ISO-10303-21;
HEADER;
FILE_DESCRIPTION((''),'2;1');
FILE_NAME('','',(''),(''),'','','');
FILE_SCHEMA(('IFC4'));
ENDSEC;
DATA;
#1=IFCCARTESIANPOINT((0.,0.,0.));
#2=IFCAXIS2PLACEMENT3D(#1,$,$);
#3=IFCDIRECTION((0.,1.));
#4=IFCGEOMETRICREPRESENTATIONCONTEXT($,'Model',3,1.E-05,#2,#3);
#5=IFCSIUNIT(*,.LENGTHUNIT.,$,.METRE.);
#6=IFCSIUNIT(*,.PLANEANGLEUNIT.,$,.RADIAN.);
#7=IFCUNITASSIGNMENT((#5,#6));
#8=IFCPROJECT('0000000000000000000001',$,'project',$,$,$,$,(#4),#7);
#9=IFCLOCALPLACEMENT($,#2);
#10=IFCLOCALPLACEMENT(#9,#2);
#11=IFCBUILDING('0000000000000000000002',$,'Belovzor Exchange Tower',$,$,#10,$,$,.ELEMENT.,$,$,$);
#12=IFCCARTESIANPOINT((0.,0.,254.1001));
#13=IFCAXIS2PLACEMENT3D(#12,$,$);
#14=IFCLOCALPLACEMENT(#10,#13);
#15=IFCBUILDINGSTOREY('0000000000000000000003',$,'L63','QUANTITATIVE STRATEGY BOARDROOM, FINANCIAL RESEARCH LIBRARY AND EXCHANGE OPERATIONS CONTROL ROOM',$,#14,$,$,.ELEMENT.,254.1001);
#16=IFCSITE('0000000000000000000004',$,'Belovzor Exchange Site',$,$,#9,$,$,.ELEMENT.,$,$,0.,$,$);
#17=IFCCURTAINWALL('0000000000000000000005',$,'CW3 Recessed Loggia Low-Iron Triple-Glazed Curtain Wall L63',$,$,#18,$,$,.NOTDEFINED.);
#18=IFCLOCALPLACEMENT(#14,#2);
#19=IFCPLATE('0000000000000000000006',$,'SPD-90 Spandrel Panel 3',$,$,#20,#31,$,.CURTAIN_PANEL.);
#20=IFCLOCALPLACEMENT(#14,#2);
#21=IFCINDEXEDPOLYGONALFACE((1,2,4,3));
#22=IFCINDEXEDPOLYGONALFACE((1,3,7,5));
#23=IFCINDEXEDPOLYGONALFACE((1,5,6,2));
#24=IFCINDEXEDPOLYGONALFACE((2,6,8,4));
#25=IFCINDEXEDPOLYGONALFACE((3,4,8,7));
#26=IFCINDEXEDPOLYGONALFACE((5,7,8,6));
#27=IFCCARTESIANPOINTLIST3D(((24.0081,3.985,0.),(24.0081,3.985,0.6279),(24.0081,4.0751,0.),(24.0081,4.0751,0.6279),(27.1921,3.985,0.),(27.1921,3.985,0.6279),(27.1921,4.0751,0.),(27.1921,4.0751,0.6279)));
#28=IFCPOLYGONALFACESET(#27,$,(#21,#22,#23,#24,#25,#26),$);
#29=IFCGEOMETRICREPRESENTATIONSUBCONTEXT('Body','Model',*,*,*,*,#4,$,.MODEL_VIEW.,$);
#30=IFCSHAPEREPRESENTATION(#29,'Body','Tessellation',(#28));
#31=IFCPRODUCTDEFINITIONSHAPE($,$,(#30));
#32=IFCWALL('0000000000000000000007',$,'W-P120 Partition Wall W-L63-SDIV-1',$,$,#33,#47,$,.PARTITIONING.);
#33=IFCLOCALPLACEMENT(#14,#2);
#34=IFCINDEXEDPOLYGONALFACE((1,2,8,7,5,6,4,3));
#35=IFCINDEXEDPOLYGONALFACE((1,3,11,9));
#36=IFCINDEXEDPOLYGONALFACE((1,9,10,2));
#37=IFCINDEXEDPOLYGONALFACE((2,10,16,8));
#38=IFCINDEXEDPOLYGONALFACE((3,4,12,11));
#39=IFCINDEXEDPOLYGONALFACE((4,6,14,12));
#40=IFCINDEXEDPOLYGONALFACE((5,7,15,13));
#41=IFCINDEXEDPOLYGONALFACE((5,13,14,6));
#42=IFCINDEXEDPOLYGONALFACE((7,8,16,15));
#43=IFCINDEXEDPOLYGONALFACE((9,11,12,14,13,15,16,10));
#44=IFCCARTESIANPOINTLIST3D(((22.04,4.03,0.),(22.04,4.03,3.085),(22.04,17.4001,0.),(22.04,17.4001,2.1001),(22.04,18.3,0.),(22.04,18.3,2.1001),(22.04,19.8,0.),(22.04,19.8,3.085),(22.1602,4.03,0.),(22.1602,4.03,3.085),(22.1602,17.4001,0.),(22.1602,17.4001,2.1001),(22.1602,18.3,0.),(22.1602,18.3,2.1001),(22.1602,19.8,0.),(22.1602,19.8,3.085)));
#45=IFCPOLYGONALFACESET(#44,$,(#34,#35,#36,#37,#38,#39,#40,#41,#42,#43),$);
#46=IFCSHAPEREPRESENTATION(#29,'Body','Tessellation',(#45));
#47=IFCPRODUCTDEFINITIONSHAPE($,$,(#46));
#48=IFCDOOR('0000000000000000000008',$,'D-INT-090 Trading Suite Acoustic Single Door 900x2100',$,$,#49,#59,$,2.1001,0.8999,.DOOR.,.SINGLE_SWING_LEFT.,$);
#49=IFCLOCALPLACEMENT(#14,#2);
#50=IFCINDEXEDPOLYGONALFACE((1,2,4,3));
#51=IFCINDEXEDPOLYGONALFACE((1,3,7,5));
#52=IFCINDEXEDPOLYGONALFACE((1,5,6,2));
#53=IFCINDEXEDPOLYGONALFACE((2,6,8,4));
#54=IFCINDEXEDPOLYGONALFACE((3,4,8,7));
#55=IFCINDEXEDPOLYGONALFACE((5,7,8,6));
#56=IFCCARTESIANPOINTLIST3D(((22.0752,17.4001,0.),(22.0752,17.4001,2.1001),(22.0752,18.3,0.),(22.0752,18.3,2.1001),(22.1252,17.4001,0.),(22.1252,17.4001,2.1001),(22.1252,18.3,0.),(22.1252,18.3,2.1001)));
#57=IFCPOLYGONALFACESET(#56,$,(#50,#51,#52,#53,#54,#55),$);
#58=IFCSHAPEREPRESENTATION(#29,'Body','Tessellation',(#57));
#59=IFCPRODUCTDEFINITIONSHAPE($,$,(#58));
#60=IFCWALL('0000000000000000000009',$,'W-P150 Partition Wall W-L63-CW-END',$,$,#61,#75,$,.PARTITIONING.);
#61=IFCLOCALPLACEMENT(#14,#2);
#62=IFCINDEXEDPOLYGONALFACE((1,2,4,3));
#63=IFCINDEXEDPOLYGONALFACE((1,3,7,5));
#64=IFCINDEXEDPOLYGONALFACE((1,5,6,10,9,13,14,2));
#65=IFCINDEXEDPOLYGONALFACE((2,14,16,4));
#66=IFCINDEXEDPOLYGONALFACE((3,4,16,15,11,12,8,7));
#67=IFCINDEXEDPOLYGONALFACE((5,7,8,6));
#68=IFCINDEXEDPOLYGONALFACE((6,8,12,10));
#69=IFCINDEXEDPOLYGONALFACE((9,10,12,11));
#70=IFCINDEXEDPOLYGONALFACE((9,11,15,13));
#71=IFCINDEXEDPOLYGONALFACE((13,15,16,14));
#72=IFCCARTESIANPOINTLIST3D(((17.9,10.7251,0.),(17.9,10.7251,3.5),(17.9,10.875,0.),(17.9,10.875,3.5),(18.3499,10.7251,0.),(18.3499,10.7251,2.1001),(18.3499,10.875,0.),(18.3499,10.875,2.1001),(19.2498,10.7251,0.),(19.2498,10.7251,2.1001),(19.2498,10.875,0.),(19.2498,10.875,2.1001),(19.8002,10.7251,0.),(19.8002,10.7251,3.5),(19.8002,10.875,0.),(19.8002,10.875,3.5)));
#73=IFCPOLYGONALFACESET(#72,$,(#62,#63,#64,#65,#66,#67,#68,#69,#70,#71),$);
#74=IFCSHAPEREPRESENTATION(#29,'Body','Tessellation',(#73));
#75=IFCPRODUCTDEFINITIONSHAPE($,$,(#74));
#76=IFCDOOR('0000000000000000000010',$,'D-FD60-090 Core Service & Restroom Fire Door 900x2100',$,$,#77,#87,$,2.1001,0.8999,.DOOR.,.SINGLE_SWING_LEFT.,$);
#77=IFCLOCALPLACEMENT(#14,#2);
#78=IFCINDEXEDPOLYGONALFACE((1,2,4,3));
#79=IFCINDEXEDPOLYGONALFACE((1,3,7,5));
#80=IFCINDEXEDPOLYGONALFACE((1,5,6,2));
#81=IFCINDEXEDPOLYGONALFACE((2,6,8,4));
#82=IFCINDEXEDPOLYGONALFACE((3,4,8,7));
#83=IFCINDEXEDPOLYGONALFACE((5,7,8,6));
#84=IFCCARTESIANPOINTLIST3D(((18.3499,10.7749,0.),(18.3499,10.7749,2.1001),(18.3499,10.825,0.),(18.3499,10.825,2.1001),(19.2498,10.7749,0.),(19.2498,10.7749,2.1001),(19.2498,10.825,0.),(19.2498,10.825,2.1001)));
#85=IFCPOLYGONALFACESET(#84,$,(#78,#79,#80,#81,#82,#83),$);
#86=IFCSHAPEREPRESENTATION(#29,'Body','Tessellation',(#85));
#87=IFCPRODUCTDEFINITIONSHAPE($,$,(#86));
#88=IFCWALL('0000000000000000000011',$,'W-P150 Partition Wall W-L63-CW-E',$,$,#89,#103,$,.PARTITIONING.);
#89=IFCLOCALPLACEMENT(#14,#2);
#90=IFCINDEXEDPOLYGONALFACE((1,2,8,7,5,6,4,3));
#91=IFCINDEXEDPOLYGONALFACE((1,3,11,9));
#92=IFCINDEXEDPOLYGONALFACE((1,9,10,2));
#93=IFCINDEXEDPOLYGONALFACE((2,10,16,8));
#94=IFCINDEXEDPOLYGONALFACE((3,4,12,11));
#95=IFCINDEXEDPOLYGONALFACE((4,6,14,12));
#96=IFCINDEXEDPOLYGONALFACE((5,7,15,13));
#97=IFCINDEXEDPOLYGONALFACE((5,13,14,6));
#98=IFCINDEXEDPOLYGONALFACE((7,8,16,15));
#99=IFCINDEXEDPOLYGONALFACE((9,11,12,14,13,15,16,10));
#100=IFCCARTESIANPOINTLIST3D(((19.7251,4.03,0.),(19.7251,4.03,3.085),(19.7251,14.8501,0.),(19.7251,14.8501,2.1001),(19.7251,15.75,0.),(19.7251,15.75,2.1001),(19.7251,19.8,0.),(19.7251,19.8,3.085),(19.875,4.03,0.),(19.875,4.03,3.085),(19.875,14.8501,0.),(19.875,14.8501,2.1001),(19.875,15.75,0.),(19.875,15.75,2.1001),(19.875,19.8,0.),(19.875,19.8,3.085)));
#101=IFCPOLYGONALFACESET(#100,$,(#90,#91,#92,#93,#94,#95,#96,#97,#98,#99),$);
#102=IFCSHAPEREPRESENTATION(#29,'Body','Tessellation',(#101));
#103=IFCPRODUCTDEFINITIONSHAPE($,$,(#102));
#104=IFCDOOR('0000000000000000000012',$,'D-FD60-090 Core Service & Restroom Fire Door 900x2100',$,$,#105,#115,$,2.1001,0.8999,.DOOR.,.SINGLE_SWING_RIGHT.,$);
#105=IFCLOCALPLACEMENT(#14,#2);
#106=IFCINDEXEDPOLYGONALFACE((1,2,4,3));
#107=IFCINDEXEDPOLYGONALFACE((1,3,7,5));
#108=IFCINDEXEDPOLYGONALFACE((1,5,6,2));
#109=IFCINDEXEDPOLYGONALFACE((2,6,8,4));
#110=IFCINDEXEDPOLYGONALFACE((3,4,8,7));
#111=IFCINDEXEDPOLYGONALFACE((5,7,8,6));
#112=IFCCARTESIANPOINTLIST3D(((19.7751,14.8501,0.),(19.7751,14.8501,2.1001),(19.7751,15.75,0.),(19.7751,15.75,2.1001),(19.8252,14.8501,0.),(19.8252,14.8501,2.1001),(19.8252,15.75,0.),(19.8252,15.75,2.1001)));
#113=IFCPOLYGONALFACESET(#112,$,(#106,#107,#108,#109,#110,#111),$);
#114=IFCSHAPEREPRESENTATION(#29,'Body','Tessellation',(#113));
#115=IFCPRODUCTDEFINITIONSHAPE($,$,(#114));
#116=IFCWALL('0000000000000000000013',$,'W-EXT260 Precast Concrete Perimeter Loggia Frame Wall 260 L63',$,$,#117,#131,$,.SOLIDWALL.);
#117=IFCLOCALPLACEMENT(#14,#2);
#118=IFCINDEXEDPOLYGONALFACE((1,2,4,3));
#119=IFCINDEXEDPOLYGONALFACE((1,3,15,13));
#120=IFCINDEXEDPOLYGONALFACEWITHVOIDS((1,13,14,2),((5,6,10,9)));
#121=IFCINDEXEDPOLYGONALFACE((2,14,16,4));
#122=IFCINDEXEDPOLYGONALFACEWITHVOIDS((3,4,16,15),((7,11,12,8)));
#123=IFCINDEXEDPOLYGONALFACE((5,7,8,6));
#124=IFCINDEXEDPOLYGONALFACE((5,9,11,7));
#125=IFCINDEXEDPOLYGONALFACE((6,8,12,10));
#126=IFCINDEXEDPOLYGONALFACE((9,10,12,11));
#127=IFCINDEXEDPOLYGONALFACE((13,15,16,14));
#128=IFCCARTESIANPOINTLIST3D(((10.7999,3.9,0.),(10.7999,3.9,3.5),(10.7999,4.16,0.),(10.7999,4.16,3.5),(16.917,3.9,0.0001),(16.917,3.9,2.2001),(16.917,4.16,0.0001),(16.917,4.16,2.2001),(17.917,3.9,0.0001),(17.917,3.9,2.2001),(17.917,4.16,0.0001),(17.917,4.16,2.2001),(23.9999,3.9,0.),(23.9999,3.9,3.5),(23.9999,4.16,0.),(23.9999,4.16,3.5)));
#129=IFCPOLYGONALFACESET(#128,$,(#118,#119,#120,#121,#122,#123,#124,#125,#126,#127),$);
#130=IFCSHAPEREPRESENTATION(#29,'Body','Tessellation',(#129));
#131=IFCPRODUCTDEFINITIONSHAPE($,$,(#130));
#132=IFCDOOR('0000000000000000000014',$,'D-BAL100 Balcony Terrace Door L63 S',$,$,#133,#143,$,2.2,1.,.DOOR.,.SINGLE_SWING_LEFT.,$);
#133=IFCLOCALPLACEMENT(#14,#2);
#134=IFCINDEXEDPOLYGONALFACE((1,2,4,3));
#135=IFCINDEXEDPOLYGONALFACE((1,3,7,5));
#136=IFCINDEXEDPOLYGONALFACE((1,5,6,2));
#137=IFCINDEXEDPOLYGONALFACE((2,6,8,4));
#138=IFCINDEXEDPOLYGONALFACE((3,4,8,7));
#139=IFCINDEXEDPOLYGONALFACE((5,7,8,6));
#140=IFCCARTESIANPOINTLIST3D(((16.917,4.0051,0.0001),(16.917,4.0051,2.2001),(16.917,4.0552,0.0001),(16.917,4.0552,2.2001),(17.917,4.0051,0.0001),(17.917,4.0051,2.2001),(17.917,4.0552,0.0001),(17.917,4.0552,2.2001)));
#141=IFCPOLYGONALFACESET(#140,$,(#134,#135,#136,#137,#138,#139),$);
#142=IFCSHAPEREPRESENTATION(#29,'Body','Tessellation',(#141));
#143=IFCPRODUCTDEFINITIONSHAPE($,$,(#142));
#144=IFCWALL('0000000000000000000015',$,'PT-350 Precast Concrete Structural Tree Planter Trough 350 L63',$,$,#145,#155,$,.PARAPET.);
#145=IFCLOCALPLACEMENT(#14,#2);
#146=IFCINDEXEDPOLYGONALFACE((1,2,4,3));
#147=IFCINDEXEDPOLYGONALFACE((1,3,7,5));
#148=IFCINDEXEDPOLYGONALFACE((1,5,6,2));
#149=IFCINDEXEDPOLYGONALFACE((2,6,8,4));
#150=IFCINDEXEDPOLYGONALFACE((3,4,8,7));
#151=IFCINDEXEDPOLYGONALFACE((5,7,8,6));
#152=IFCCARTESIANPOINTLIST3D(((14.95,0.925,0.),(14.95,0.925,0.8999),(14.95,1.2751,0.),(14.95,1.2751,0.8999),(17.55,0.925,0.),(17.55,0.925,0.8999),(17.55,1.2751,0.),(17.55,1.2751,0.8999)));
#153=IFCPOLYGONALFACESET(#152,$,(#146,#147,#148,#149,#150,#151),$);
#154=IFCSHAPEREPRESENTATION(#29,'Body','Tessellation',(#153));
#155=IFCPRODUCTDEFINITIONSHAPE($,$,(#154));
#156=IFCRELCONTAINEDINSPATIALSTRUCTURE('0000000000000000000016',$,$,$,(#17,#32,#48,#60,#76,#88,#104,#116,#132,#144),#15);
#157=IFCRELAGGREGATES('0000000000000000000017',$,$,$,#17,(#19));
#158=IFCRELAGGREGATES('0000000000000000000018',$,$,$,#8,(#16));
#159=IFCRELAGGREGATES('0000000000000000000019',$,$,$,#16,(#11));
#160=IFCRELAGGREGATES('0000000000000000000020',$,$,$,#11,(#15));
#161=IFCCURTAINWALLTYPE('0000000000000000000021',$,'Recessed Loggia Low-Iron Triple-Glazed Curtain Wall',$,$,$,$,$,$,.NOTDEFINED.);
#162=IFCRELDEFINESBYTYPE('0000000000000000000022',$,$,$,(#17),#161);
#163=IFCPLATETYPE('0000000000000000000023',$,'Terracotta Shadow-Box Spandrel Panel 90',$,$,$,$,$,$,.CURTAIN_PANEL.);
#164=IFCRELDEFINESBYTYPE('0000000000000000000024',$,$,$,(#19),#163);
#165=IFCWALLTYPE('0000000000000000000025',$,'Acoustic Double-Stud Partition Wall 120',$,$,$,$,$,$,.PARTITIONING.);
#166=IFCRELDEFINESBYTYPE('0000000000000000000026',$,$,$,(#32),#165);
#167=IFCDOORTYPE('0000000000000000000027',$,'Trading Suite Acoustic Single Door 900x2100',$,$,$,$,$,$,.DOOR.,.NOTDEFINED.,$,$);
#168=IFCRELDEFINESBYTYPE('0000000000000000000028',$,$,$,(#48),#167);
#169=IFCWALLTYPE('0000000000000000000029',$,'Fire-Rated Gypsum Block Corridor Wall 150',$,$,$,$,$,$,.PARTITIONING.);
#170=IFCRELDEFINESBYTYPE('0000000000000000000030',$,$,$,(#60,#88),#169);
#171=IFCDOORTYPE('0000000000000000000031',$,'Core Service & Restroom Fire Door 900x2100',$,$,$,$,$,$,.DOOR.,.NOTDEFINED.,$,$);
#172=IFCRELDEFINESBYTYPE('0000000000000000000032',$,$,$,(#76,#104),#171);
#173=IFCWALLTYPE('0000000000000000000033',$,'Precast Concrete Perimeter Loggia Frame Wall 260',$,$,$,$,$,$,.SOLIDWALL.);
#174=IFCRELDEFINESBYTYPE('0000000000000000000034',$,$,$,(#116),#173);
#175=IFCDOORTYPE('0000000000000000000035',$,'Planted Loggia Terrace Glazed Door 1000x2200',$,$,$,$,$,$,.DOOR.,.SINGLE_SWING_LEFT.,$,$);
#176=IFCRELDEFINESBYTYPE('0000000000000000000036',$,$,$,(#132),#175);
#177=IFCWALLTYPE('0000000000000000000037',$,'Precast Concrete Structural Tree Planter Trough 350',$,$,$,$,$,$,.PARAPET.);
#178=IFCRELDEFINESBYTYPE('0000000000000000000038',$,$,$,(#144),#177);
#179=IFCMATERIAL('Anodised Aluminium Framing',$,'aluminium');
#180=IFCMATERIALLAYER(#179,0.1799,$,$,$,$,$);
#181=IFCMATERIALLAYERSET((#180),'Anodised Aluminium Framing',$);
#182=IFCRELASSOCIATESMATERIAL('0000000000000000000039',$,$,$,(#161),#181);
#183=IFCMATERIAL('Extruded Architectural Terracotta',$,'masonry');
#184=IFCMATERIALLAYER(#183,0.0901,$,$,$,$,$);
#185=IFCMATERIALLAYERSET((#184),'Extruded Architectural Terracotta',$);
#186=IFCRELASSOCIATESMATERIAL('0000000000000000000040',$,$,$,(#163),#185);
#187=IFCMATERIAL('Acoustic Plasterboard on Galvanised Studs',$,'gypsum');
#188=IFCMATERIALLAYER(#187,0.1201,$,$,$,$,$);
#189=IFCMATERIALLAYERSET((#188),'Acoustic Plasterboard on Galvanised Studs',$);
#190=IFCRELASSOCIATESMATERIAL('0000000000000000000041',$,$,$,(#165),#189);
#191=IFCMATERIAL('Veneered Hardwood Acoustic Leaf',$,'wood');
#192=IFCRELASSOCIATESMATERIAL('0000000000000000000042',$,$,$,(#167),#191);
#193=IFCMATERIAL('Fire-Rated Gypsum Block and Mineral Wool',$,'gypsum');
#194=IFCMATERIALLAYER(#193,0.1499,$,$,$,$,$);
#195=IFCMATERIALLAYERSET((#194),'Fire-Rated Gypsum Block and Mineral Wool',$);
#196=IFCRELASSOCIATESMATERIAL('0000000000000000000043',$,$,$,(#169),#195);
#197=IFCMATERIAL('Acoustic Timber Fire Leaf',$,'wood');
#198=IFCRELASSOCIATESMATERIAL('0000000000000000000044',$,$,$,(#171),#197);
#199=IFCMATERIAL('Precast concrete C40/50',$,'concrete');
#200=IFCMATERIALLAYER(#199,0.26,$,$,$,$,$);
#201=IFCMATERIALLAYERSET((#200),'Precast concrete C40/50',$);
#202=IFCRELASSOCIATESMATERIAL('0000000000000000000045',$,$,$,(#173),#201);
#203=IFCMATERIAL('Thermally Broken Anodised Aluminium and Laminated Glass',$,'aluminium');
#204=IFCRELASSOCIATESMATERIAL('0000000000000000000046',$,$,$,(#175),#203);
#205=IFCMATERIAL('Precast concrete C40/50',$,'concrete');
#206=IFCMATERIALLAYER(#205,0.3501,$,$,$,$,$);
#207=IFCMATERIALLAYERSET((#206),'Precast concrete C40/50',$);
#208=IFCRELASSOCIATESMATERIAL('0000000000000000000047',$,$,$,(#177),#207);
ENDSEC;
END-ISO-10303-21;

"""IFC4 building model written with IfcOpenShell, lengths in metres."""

from ifc_helpers import new_model, si_unit, direction, frame, frame_2d, origin, origin_2d, place, context, subcontext, project, spatial, rectangle, extrude, material, layer, layer_set, type_object, element, fill, aggregate, save


model = new_model("IFC4")

# Units and contexts
model_context = context("Model", 3, precision=1e-05, world=origin(), true_north=direction((0.0, 1.0)))
body_context = subcontext(model_context, "Body", "Model", "MODEL_VIEW")
ifc_project = project(units=[si_unit("LENGTHUNIT", "METRE"), si_unit("PLANEANGLEUNIT", "RADIAN")], contexts=[model_context])

# Site, building, storey
site_placement = place(None, origin())
site = spatial("IfcSite", under=ifc_project, at=site_placement, Name="Belovzor Exchange Site", CompositionType="ELEMENT", RefElevation=0.0)
building_placement = place(site_placement, origin())
building = spatial("IfcBuilding", under=site, at=building_placement, Name="Belovzor Exchange Tower", CompositionType="ELEMENT")
storey_placement = place(building_placement, frame((0.0, 0.0, 254.1001)))
storey = spatial("IfcBuildingStorey", under=building, at=storey_placement, Name="L63", Description="QUANTITATIVE STRATEGY BOARDROOM, FINANCIAL RESEARCH LIBRARY AND EXCHANGE OPERATIONS CONTROL ROOM", CompositionType="ELEMENT", Elevation=254.1001)

# Curtain wall
ifc_material_1 = material(Name="Anodised Aluminium Framing", Category="aluminium")
ifc_layer_1 = layer(ifc_material_1, 0.1799)
ifc_layer_set_1 = layer_set([ifc_layer_1], Name="Anodised Aluminium Framing")
curtain_wall_type = type_object("IfcCurtainWallType", Name="Recessed Loggia Low-Iron Triple-Glazed Curtain Wall", PredefinedType="NOTDEFINED", material=ifc_layer_set_1)
curtain_wall_placement = place(storey_placement, origin())
curtain_wall = element("IfcCurtainWall", 1, at=curtain_wall_placement, inside=storey, type_object=curtain_wall_type, Name="CW3 Recessed Loggia Low-Iron Triple-Glazed Curtain Wall L63", PredefinedType="NOTDEFINED")

# Plate
ifc_material_2 = material(Name="Extruded Architectural Terracotta", Category="masonry")
ifc_layer_2 = layer(ifc_material_2, 0.0901)
ifc_layer_set_2 = layer_set([ifc_layer_2], Name="Extruded Architectural Terracotta")
plate_type_1 = type_object("IfcPlateType", Name="Terracotta Shadow-Box Spandrel Panel 90", PredefinedType="CURTAIN_PANEL", material=ifc_layer_set_2)
plate_1_placement = place(storey_placement, frame((25.6001, 4.03, 0.0), z_axis=(0.0, 0.0, 1.0), x_axis=(-1.0, 0.0, 0.0)))
plate_1 = element("IfcPlate", 2, at=plate_1_placement, type_object=plate_type_1, Name="SPD-90 Spandrel Panel 3", PredefinedType="CURTAIN_PANEL", context=body_context, shape_type="SweptSolid", body=[
    extrude(rectangle(XDim=3.1841, YDim=0.0901, at=origin_2d()), origin(), (0.0, 0.0, 1.0), 0.6279),
])
aggregate(curtain_wall, [plate_1])

# Walls, openings, doors
ifc_material_3 = material(Name="Acoustic Plasterboard on Galvanised Studs", Category="gypsum")
ifc_layer_3 = layer(ifc_material_3, 0.1201)
ifc_layer_set_3 = layer_set([ifc_layer_3], Name="Acoustic Plasterboard on Galvanised Studs")
wall_type_1 = type_object("IfcWallType", Name="Acoustic Double-Stud Partition Wall 120", PredefinedType="PARTITIONING", material=ifc_layer_set_3)
wall_1_placement = place(storey_placement, frame((22.1001, 4.03, 0.0), z_axis=(0.0, 0.0, 1.0), x_axis=(0.0, 1.0, 0.0)))
wall_1 = element("IfcWall", 3, at=wall_1_placement, inside=storey, type_object=wall_type_1, Name="W-P120 Partition Wall W-L63-SDIV-1", PredefinedType="PARTITIONING", context=body_context, shape_type="SweptSolid", body=[
    extrude(rectangle(XDim=15.77, YDim=0.1201, at=frame_2d((7.885, 0.0))), origin(), (0.0, 0.0, 1.0), 3.085),
])
opening_1_placement = place(wall_1_placement, frame((13.3701, 0.0, 0.0)))
opening_1 = element("IfcOpeningElement", 4, at=opening_1_placement, cuts=wall_1, PredefinedType="OPENING", context=body_context, shape_type="SweptSolid", body=[
    extrude(rectangle(XDim=0.8999, YDim=2.1001, at=frame_2d((0.45, 1.05))), frame((0.0, 0.0701, 0.0), z_axis=(0.0, -1.0, 0.0), x_axis=(1.0, 0.0, 0.0)), (0.0, 0.0, 1.0), 0.1401),
])
ifc_material_4 = material(Name="Veneered Hardwood Acoustic Leaf", Category="wood")
door_type_1 = type_object("IfcDoorType", Name="Trading Suite Acoustic Single Door 900x2100", OperationType="NOTDEFINED", PredefinedType="DOOR", material=ifc_material_4)
door_1_placement = place(opening_1_placement, origin())
door_1 = element("IfcDoor", 5, at=door_1_placement, inside=storey, type_object=door_type_1, Name="D-INT-090 Trading Suite Acoustic Single Door 900x2100", OperationType="SINGLE_SWING_LEFT", OverallHeight=2.1001, OverallWidth=0.8999, PredefinedType="DOOR", context=body_context, shape_type="SweptSolid", body=[
    extrude(rectangle(XDim=0.8999, YDim=2.1001, at=frame_2d((0.45, 1.05))), frame((0.0, 0.0249, 0.0), z_axis=(0.0, -1.0, 0.0), x_axis=(1.0, 0.0, 0.0)), (0.0, 0.0, 1.0), 0.05),
])
fill(opening_1, door_1)
ifc_material_5 = material(Name="Fire-Rated Gypsum Block and Mineral Wool", Category="gypsum")
ifc_layer_4 = layer(ifc_material_5, 0.1499)
ifc_layer_set_4 = layer_set([ifc_layer_4], Name="Fire-Rated Gypsum Block and Mineral Wool")
wall_type_2 = type_object("IfcWallType", Name="Fire-Rated Gypsum Block Corridor Wall 150", PredefinedType="PARTITIONING", material=ifc_layer_set_4)
wall_2_placement = place(storey_placement, frame((17.8999, 10.8, 0.0), z_axis=(0.0, 0.0, 1.0), x_axis=(1.0, 0.0, 0.0)))
wall_2 = element("IfcWall", 6, at=wall_2_placement, inside=storey, type_object=wall_type_2, Name="W-P150 Partition Wall W-L63-CW-END", PredefinedType="PARTITIONING", context=body_context, shape_type="SweptSolid", body=[
    extrude(rectangle(XDim=1.9001, YDim=0.1499, at=frame_2d((0.9502, 0.0))), origin(), (0.0, 0.0, 1.0), 3.5),
])
opening_2_placement = place(wall_2_placement, frame((0.45, 0.0, 0.0)))
opening_2 = element("IfcOpeningElement", 7, at=opening_2_placement, cuts=wall_2, PredefinedType="OPENING", context=body_context, shape_type="SweptSolid", body=[
    extrude(rectangle(XDim=0.8999, YDim=2.1001, at=frame_2d((0.45, 1.05))), frame((0.0, 0.085, 0.0), z_axis=(0.0, -1.0, 0.0), x_axis=(1.0, 0.0, 0.0)), (0.0, 0.0, 1.0), 0.1699),
])
ifc_material_6 = material(Name="Acoustic Timber Fire Leaf", Category="wood")
door_type_2 = type_object("IfcDoorType", Name="Core Service & Restroom Fire Door 900x2100", OperationType="NOTDEFINED", PredefinedType="DOOR", material=ifc_material_6)
door_2_placement = place(opening_2_placement, origin())
door_2 = element("IfcDoor", 8, at=door_2_placement, inside=storey, type_object=door_type_2, Name="D-FD60-090 Core Service & Restroom Fire Door 900x2100", OperationType="SINGLE_SWING_LEFT", OverallHeight=2.1001, OverallWidth=0.8999, PredefinedType="DOOR", context=body_context, shape_type="SweptSolid", body=[
    extrude(rectangle(XDim=0.8999, YDim=2.1001, at=frame_2d((0.45, 1.05))), frame((0.0, 0.0249, 0.0), z_axis=(0.0, -1.0, 0.0), x_axis=(1.0, 0.0, 0.0)), (0.0, 0.0, 1.0), 0.05),
])
fill(opening_2, door_2)
wall_3_placement = place(storey_placement, frame((19.8, 4.03, 0.0), z_axis=(0.0, 0.0, 1.0), x_axis=(0.0, 1.0, 0.0)))
wall_3 = element("IfcWall", 9, at=wall_3_placement, inside=storey, type_object=wall_type_2, Name="W-P150 Partition Wall W-L63-CW-E", PredefinedType="PARTITIONING", context=body_context, shape_type="SweptSolid", body=[
    extrude(rectangle(XDim=15.77, YDim=0.1499, at=frame_2d((7.885, 0.0))), origin(), (0.0, 0.0, 1.0), 3.085),
])
opening_3_placement = place(wall_3_placement, frame((10.8201, 0.0, 0.0)))
opening_3 = element("IfcOpeningElement", 10, at=opening_3_placement, cuts=wall_3, PredefinedType="OPENING", context=body_context, shape_type="SweptSolid", body=[
    extrude(rectangle(XDim=0.8999, YDim=2.1001, at=frame_2d((0.45, 1.05))), frame((0.0, 0.085, 0.0), z_axis=(0.0, -1.0, 0.0), x_axis=(1.0, 0.0, 0.0)), (0.0, 0.0, 1.0), 0.1699),
])
door_3_placement = place(opening_3_placement, origin())
door_3 = element("IfcDoor", 11, at=door_3_placement, inside=storey, type_object=door_type_2, Name="D-FD60-090 Core Service & Restroom Fire Door 900x2100", OperationType="SINGLE_SWING_RIGHT", OverallHeight=2.1001, OverallWidth=0.8999, PredefinedType="DOOR", context=body_context, shape_type="SweptSolid", body=[
    extrude(rectangle(XDim=0.8999, YDim=2.1001, at=frame_2d((0.45, 1.05))), frame((0.0, 0.0249, 0.0), z_axis=(0.0, -1.0, 0.0), x_axis=(1.0, 0.0, 0.0)), (0.0, 0.0, 1.0), 0.05),
])
fill(opening_3, door_3)
ifc_material_7 = material(Name="Precast concrete C40/50", Category="concrete")
ifc_layer_5 = layer(ifc_material_7, 0.26)
ifc_layer_set_5 = layer_set([ifc_layer_5], Name="Precast concrete C40/50")
wall_type_3 = type_object("IfcWallType", Name="Precast Concrete Perimeter Loggia Frame Wall 260", PredefinedType="SOLIDWALL", material=ifc_layer_set_5)
wall_4_placement = place(storey_placement, frame((24.0, 4.03, 0.0), z_axis=(0.0, 0.0, 1.0), x_axis=(-1.0, 0.0, 0.0)))
wall_4 = element("IfcWall", 12, at=wall_4_placement, inside=storey, type_object=wall_type_3, Name="W-EXT260 Precast Concrete Perimeter Loggia Frame Wall 260 L63", PredefinedType="SOLIDWALL", context=body_context, shape_type="SweptSolid", body=[
    extrude(rectangle(XDim=13.2, YDim=0.26, at=frame_2d((6.6001, 0.0))), origin(), (0.0, 0.0, 1.0), 3.5),
])
opening_4_placement = place(wall_4_placement, frame((6.083, 0.0, 0.0)))
opening_4 = element("IfcOpeningElement", 13, at=opening_4_placement, cuts=wall_4, PredefinedType="OPENING", context=body_context, shape_type="SweptSolid", body=[
    extrude(rectangle(XDim=1.0, YDim=2.2, at=frame_2d((0.5, 1.1001))), frame((0.0, 0.1399, 0.0), z_axis=(0.0, -1.0, 0.0), x_axis=(1.0, 0.0, 0.0)), (0.0, 0.0, 1.0), 0.28),
])
ifc_material_8 = material(Name="Thermally Broken Anodised Aluminium and Laminated Glass", Category="aluminium")
door_type_3 = type_object("IfcDoorType", Name="Planted Loggia Terrace Glazed Door 1000x2200", OperationType="SINGLE_SWING_LEFT", PredefinedType="DOOR", material=ifc_material_8)
door_4_placement = place(opening_4_placement, origin())
door_4 = element("IfcDoor", 14, at=door_4_placement, inside=storey, type_object=door_type_3, Name="D-BAL100 Balcony Terrace Door L63 S", OperationType="SINGLE_SWING_LEFT", OverallHeight=2.2, OverallWidth=1.0, PredefinedType="DOOR", context=body_context, shape_type="SweptSolid", body=[
    extrude(rectangle(XDim=1.0, YDim=2.2, at=frame_2d((0.5, 1.1001))), frame((0.0, 0.0249, 0.0), z_axis=(0.0, -1.0, 0.0), x_axis=(1.0, 0.0, 0.0)), (0.0, 0.0, 1.0), 0.05),
])
fill(opening_4, door_4)

# Wall
ifc_material_9 = material(Name="Precast concrete C40/50", Category="concrete")
ifc_layer_6 = layer(ifc_material_9, 0.3501)
ifc_layer_set_6 = layer_set([ifc_layer_6], Name="Precast concrete C40/50")
wall_type_4 = type_object("IfcWallType", Name="Precast Concrete Structural Tree Planter Trough 350", PredefinedType="PARAPET", material=ifc_layer_set_6)
wall_5_placement = place(storey_placement, frame((14.95, 1.1001, 0.0), z_axis=(0.0, 0.0, 1.0), x_axis=(1.0, 0.0, 0.0)))
element("IfcWall", 15, at=wall_5_placement, inside=storey, type_object=wall_type_4, Name="PT-350 Precast Concrete Structural Tree Planter Trough 350 L63", PredefinedType="PARAPET", context=body_context, shape_type="SweptSolid", body=[
    extrude(rectangle(XDim=2.6001, YDim=0.3501, at=frame_2d((1.3, 0.0))), origin(), (0.0, 0.0, 1.0), 0.8999),
])

save(model, "model.ifc")
